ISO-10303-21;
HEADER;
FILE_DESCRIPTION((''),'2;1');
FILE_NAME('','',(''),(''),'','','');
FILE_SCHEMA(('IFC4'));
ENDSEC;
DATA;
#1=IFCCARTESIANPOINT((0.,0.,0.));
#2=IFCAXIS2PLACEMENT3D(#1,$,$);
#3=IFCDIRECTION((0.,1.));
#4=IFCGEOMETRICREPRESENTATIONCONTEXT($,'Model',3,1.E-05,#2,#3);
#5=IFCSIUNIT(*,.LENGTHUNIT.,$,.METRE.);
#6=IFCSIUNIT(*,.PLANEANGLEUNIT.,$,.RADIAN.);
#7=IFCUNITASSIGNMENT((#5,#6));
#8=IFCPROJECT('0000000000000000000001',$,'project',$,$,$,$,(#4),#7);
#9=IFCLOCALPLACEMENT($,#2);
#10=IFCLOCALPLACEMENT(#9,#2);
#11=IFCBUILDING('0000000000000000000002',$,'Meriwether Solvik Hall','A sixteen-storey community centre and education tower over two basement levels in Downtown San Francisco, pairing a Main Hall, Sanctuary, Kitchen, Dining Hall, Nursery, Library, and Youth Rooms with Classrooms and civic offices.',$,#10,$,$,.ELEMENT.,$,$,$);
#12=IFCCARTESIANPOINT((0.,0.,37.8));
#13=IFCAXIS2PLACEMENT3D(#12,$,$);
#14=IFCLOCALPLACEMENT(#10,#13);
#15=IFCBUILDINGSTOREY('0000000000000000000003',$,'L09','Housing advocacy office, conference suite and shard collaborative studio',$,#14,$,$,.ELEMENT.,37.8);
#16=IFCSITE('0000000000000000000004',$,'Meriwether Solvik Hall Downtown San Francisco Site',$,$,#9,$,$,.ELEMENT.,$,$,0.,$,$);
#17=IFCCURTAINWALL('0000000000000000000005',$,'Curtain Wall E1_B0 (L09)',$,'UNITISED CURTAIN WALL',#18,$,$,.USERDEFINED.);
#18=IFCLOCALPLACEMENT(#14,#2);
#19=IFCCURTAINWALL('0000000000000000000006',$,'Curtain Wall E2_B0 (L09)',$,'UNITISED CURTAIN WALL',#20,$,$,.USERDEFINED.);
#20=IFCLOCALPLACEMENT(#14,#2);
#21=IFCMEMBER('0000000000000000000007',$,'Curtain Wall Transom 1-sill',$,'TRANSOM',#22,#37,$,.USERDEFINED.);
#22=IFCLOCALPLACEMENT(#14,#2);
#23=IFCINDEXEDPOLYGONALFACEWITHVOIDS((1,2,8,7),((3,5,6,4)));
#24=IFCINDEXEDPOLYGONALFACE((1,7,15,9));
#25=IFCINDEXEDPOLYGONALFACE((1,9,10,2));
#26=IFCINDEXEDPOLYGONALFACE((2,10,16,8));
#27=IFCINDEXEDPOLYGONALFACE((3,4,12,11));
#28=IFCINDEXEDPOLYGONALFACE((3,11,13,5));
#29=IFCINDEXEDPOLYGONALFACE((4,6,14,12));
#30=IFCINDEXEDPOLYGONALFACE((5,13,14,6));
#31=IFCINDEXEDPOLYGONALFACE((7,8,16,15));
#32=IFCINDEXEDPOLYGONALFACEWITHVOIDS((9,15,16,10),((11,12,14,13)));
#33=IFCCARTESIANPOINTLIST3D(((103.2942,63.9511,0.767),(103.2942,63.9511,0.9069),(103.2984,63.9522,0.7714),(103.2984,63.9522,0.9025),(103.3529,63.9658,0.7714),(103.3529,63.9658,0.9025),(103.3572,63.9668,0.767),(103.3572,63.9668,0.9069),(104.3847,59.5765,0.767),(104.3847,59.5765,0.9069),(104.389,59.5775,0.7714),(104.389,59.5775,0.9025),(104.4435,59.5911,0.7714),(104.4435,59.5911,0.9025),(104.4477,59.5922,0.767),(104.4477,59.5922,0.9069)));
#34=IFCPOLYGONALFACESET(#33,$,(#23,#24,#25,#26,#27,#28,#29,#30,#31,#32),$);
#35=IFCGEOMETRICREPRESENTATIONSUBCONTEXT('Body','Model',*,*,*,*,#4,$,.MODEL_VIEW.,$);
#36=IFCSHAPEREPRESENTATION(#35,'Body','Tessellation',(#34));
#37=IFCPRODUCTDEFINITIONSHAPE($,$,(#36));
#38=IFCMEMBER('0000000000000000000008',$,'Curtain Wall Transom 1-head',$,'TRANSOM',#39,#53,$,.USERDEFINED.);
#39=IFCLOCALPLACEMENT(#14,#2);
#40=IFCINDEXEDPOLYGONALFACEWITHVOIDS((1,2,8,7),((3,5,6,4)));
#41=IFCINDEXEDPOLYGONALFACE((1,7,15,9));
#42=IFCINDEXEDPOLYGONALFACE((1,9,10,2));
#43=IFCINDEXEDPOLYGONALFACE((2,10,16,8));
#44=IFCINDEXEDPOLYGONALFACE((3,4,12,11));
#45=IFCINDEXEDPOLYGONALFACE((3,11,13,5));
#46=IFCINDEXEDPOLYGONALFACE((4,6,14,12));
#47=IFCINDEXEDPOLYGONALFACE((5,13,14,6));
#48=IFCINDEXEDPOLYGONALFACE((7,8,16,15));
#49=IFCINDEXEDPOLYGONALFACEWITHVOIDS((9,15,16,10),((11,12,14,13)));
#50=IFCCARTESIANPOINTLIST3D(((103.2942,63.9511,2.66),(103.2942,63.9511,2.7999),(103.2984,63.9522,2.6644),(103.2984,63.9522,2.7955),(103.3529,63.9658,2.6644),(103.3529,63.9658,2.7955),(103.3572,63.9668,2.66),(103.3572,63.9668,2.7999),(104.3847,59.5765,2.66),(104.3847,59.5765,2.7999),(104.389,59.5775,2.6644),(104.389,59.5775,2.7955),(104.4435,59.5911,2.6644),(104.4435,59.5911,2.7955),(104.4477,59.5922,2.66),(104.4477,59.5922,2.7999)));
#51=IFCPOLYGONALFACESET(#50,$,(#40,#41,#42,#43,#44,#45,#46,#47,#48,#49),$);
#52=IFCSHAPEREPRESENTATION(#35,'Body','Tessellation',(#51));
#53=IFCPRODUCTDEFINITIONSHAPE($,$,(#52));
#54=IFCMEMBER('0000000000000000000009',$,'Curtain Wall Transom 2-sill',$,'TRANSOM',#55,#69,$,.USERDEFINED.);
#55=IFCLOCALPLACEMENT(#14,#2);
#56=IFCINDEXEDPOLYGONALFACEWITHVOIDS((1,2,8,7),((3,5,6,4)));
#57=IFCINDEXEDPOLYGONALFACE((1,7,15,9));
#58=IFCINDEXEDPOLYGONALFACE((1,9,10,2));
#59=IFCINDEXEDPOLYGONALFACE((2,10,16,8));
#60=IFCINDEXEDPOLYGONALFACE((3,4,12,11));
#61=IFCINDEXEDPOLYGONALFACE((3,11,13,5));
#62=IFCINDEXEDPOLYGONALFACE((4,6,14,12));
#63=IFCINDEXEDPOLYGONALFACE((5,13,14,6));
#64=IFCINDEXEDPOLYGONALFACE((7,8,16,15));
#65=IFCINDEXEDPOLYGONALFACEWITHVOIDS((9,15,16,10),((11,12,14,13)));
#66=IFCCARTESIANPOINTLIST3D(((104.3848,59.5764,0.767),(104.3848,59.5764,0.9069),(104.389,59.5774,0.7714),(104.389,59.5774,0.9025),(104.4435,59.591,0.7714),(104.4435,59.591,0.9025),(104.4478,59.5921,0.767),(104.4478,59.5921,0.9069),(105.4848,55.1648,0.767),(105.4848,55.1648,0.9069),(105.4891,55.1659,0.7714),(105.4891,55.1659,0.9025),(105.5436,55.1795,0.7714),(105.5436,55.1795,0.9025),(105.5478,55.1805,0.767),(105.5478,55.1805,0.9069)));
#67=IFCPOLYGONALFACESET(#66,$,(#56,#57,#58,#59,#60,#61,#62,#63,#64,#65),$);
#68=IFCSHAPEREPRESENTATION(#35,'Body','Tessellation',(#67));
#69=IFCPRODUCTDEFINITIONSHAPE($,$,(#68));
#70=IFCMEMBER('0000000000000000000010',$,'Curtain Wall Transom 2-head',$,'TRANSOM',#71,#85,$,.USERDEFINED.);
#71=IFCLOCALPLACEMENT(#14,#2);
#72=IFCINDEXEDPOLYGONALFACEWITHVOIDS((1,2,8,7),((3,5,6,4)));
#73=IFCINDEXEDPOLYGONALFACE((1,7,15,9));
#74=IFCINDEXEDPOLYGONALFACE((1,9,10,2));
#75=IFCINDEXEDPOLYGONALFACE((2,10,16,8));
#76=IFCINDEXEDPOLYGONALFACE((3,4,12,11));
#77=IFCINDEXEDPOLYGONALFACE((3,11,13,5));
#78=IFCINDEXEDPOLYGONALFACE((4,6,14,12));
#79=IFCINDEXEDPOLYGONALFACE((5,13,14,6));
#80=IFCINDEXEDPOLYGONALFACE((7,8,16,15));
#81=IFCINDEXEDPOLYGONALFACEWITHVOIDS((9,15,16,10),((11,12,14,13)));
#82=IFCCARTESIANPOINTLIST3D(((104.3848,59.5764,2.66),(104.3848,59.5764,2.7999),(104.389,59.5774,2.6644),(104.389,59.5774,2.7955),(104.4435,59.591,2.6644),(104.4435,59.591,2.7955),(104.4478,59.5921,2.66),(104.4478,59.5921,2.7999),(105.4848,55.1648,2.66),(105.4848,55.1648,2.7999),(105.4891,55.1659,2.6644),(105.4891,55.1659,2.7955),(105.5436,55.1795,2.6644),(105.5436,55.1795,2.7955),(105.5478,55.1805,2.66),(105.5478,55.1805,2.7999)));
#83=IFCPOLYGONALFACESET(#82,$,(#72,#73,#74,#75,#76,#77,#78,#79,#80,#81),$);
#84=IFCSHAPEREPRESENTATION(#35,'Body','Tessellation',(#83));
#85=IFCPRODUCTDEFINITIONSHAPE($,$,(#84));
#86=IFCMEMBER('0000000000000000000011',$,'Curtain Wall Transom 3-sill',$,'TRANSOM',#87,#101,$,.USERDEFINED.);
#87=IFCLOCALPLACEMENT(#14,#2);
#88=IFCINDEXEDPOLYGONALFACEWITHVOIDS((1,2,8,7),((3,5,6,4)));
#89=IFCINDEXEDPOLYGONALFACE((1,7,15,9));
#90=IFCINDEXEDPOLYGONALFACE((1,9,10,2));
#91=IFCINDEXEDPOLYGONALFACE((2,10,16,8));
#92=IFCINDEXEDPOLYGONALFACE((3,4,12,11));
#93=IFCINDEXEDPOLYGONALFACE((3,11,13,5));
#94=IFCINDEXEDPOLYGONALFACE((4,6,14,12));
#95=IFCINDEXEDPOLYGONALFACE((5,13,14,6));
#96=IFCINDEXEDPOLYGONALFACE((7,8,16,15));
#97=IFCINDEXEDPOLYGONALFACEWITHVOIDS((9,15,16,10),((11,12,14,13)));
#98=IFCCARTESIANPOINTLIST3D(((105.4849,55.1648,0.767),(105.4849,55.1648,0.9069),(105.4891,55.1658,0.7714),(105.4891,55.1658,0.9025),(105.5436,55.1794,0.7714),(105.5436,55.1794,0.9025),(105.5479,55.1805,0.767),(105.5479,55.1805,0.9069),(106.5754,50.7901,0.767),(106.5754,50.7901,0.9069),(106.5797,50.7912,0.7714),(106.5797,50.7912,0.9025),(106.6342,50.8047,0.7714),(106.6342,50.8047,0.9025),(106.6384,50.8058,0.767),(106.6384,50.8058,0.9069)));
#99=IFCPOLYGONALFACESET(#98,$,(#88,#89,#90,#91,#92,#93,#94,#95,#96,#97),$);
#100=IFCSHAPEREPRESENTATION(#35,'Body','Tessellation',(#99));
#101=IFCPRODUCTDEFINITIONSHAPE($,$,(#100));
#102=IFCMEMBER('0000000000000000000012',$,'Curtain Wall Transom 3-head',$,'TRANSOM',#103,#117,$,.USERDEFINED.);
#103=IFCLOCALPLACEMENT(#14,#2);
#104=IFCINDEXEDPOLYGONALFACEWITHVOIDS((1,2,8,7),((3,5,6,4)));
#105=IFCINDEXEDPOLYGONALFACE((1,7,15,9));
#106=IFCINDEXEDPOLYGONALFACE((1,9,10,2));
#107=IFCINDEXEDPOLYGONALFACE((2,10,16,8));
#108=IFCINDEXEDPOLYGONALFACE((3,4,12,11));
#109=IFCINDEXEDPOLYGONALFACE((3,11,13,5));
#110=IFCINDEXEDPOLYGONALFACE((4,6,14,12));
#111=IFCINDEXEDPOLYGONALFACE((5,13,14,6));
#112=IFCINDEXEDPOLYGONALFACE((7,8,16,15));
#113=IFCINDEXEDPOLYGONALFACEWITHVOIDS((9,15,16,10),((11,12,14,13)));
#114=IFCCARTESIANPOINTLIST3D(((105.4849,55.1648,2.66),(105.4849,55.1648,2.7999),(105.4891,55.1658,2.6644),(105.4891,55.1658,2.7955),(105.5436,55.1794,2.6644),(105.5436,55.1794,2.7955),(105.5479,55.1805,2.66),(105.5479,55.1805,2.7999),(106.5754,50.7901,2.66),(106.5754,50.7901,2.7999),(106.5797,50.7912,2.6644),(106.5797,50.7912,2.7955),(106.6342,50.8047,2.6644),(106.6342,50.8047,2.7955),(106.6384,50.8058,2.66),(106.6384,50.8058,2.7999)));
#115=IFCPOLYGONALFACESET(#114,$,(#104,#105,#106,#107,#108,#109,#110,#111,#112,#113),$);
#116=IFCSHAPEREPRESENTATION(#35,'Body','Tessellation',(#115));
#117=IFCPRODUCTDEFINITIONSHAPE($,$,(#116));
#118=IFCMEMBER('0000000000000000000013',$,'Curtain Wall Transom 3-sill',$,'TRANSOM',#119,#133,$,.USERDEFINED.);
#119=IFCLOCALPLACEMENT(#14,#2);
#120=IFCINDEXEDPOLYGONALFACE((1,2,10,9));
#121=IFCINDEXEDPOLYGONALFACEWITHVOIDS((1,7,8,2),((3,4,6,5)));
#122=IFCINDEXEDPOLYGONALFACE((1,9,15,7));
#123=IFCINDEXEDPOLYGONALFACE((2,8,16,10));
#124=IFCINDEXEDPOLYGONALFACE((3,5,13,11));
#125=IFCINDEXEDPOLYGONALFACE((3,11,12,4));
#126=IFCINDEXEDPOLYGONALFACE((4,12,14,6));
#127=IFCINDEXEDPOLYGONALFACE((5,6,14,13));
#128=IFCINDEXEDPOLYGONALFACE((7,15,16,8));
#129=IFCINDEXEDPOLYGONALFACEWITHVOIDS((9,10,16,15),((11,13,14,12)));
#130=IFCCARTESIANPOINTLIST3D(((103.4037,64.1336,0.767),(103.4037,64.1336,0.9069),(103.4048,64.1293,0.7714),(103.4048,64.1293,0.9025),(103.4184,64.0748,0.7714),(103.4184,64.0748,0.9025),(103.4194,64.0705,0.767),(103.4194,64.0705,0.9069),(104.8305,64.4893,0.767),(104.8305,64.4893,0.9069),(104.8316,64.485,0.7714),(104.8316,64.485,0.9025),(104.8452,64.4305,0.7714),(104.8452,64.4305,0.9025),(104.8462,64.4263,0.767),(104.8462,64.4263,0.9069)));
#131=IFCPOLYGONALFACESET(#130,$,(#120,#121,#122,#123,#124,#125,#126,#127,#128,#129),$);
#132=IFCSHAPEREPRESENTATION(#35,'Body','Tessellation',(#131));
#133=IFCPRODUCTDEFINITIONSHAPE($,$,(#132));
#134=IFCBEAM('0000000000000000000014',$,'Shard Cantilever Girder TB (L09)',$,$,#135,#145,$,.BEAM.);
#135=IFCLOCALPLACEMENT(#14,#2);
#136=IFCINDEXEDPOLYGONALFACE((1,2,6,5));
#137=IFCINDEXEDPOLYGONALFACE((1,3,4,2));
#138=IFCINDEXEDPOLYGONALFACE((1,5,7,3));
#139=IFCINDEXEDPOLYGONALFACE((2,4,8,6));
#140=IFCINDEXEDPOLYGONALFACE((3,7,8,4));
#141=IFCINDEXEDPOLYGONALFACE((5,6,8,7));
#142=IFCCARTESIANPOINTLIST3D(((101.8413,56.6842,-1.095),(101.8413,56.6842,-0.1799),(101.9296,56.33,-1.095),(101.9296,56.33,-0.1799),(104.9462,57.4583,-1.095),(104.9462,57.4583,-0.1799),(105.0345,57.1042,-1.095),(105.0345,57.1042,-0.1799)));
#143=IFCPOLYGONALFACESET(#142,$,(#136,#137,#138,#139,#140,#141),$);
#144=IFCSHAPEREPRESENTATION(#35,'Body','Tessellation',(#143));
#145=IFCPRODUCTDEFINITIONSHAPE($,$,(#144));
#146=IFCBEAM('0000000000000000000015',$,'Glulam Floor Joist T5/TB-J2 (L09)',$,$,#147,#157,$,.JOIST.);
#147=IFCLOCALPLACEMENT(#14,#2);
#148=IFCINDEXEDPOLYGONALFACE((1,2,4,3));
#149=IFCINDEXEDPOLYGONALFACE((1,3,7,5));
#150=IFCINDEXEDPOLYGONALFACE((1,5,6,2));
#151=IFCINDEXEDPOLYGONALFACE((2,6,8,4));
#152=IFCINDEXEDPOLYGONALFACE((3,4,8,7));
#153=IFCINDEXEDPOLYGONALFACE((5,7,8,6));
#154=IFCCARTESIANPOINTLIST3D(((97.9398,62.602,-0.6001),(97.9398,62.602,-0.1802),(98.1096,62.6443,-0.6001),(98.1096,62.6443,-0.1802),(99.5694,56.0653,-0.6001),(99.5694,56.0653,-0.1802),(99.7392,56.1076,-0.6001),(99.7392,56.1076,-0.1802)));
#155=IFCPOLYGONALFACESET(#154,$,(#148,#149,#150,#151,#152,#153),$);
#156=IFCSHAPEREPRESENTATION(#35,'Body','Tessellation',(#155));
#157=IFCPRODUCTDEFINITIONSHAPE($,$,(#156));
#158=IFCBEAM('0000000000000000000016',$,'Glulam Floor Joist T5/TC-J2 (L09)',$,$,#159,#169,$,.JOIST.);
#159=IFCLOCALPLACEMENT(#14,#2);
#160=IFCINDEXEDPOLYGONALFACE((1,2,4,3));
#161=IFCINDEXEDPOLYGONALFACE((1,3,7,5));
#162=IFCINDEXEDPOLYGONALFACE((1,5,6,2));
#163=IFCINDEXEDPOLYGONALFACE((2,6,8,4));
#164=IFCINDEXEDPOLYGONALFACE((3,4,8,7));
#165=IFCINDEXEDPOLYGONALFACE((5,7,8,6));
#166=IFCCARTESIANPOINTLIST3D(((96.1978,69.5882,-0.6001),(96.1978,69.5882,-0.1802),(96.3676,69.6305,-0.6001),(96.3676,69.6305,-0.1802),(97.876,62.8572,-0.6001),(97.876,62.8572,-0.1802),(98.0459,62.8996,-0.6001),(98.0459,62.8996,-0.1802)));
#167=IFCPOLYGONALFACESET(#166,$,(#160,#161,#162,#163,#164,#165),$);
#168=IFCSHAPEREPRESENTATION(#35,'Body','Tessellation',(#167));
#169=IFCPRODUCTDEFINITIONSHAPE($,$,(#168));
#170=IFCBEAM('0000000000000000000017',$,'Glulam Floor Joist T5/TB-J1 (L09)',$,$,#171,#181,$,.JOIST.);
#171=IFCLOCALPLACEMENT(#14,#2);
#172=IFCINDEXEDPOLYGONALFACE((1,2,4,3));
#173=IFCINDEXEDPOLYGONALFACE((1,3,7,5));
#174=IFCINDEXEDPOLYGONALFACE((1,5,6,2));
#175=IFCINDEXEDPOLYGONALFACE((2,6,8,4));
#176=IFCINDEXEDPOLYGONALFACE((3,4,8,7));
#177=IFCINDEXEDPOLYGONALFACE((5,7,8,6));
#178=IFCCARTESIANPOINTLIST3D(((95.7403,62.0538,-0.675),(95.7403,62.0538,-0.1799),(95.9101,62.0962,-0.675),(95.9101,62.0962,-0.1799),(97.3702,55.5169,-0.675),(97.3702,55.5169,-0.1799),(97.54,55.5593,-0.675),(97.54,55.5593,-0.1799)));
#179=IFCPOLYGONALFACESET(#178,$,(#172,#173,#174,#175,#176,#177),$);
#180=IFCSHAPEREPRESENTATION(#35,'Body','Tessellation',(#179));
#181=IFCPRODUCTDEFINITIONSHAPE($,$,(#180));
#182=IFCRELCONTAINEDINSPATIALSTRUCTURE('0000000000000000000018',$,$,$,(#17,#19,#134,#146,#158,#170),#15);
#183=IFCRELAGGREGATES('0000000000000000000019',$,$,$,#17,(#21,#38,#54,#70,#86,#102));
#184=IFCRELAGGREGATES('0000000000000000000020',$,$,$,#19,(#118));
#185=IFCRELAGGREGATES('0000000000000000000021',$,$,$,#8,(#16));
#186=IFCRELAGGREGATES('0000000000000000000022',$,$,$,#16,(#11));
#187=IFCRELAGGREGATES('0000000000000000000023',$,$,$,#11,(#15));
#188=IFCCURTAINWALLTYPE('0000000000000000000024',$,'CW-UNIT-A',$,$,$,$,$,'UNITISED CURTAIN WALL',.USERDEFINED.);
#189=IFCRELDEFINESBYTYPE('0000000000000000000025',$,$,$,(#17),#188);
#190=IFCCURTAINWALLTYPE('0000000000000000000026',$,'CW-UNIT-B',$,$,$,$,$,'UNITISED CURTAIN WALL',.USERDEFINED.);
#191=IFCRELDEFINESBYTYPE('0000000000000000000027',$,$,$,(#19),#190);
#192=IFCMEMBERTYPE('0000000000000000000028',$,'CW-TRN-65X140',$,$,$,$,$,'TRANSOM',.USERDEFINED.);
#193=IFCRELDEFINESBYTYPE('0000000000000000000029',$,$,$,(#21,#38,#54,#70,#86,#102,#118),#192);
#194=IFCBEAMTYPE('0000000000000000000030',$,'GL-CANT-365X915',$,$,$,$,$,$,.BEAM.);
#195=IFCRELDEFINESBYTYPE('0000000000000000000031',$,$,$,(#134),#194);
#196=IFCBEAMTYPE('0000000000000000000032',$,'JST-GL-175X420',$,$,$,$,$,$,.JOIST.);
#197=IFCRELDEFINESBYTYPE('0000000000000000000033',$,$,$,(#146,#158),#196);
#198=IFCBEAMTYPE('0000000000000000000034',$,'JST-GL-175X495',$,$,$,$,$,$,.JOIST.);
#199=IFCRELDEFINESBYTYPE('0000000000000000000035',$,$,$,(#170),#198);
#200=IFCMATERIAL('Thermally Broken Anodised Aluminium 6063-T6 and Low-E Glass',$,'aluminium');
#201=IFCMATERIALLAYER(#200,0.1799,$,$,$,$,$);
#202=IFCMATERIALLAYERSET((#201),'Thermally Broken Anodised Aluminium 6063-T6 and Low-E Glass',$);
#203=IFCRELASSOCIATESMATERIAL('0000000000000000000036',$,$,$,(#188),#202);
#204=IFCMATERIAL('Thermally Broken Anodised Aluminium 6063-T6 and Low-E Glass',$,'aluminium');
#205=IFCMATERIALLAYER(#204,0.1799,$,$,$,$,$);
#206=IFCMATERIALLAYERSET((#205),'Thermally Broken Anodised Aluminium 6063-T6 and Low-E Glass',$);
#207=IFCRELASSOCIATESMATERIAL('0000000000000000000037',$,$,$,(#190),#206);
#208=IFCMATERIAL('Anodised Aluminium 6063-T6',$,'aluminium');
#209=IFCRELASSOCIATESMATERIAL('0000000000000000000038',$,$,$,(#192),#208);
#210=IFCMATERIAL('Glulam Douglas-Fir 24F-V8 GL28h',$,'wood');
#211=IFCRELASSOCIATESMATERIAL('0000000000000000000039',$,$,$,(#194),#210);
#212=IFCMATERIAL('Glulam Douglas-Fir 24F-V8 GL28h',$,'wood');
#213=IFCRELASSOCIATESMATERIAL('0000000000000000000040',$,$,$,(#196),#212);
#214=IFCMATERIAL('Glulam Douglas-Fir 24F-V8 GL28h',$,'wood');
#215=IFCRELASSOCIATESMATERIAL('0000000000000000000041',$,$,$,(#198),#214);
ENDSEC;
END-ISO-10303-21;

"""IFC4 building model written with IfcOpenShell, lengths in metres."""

from ifc_helpers import new_model, si_unit, direction, frame, origin, origin_2d, place, context, subcontext, project, spatial, rectangle, hollow_rectangle, extrude, material, layer, layer_set, material_profile, profile_set, type_object, element, aggregate, save


model = new_model("IFC4")

# Units and contexts
model_context = context("Model", 3, precision=1e-05, world=origin(), true_north=direction((0.0, 1.0)))
body_context = subcontext(model_context, "Body", "Model", "MODEL_VIEW")
ifc_project = project(units=[si_unit("LENGTHUNIT", "METRE"), si_unit("PLANEANGLEUNIT", "RADIAN")], contexts=[model_context])

# Site, building, storey
site_placement = place(None, origin())
site = spatial("IfcSite", under=ifc_project, at=site_placement, Name="Meriwether Solvik Hall Downtown San Francisco Site", CompositionType="ELEMENT", RefElevation=0.0)
building_placement = place(site_placement, origin())
building = spatial("IfcBuilding", under=site, at=building_placement, Name="Meriwether Solvik Hall", Description="A sixteen-storey community centre and education tower over two basement levels in Downtown San Francisco, pairing a Main Hall, Sanctuary, Kitchen, Dining Hall, Nursery, Library, and Youth Rooms with Classrooms and civic offices.", CompositionType="ELEMENT")
storey_placement = place(building_placement, frame((0.0, 0.0, 37.8)))
storey = spatial("IfcBuildingStorey", under=building, at=storey_placement, Name="L09", Description="Housing advocacy office, conference suite and shard collaborative studio", CompositionType="ELEMENT", Elevation=37.8)

# Curtain walls
ifc_material_1 = material(Name="Thermally Broken Anodised Aluminium 6063-T6 and Low-E Glass", Category="aluminium")
ifc_layer_1 = layer(ifc_material_1, 0.1799)
ifc_layer_set_1 = layer_set([ifc_layer_1], Name="Thermally Broken Anodised Aluminium 6063-T6 and Low-E Glass")
curtain_wall_type_1 = type_object("IfcCurtainWallType", Name="CW-UNIT-A", ElementType="UNITISED CURTAIN WALL", PredefinedType="USERDEFINED", material=ifc_layer_set_1)
curtain_wall_1_placement = place(storey_placement, origin())
curtain_wall_1 = element("IfcCurtainWall", 1, at=curtain_wall_1_placement, inside=storey, type_object=curtain_wall_type_1, Name="Curtain Wall E1_B0 (L09)", ObjectType="UNITISED CURTAIN WALL", PredefinedType="USERDEFINED")
ifc_material_2 = material(Name="Thermally Broken Anodised Aluminium 6063-T6 and Low-E Glass", Category="aluminium")
ifc_layer_2 = layer(ifc_material_2, 0.1799)
ifc_layer_set_2 = layer_set([ifc_layer_2], Name="Thermally Broken Anodised Aluminium 6063-T6 and Low-E Glass")
curtain_wall_type_2 = type_object("IfcCurtainWallType", Name="CW-UNIT-B", ElementType="UNITISED CURTAIN WALL", PredefinedType="USERDEFINED", material=ifc_layer_set_2)
curtain_wall_2_placement = place(storey_placement, origin())
curtain_wall_2 = element("IfcCurtainWall", 2, at=curtain_wall_2_placement, inside=storey, type_object=curtain_wall_type_2, Name="Curtain Wall E2_B0 (L09)", ObjectType="UNITISED CURTAIN WALL", PredefinedType="USERDEFINED")

# Members
ifc_material_3 = material(Name="Anodised Aluminium 6063-T6", Category="aluminium")
ifc_material_profile_1 = material_profile(ifc_material_3, hollow_rectangle(XDim=0.0649, YDim=0.1399, WallThickness=0.0044, at=origin_2d()), Name="CWT-65X140")
ifc_profile_set_1 = profile_set([ifc_material_profile_1], Name="Anodised Aluminium 6063-T6")
member_type_1 = type_object("IfcMemberType", Name="CW-TRN-65X140", ElementType="TRANSOM", PredefinedType="USERDEFINED", material=ifc_profile_set_1)
member_1_placement = place(storey_placement, frame((103.3257, 63.959, 0.8369), z_axis=(0.241886, -0.970305, 0.0), x_axis=(0.970305, 0.241886, 0.0)))
member_1 = element("IfcMember", 3, at=member_1_placement, type_object=member_type_1, Name="Curtain Wall Transom 1-sill", ObjectType="TRANSOM", PredefinedType="USERDEFINED", context=body_context, shape_type="SweptSolid", body=[
    extrude(hollow_rectangle(XDim=0.0649, YDim=0.1399, WallThickness=0.0044, at=origin_2d()), origin(), (0.0, 0.0, 1.0), 4.5085),
])
member_2_placement = place(storey_placement, frame((103.3257, 63.959, 2.73), z_axis=(0.241886, -0.970305, 0.0), x_axis=(0.970305, 0.241886, 0.0)))
member_2 = element("IfcMember", 4, at=member_2_placement, type_object=member_type_1, Name="Curtain Wall Transom 1-head", ObjectType="TRANSOM", PredefinedType="USERDEFINED", context=body_context, shape_type="SweptSolid", body=[
    extrude(hollow_rectangle(XDim=0.0649, YDim=0.1399, WallThickness=0.0044, at=origin_2d()), origin(), (0.0, 0.0, 1.0), 4.5085),
])
member_3_placement = place(storey_placement, frame((104.4163, 59.5842, 0.8369), z_axis=(0.241954, -0.970288, 0.0), x_axis=(0.970288, 0.241954, 0.0)))
member_3 = element("IfcMember", 5, at=member_3_placement, type_object=member_type_1, Name="Curtain Wall Transom 2-sill", ObjectType="TRANSOM", PredefinedType="USERDEFINED", context=body_context, shape_type="SweptSolid", body=[
    extrude(hollow_rectangle(XDim=0.0649, YDim=0.1399, WallThickness=0.0044, at=origin_2d()), origin(), (0.0, 0.0, 1.0), 4.5466),
])
member_4_placement = place(storey_placement, frame((104.4163, 59.5842, 2.73), z_axis=(0.241954, -0.970288, 0.0), x_axis=(0.970288, 0.241954, 0.0)))
member_4 = element("IfcMember", 6, at=member_4_placement, type_object=member_type_1, Name="Curtain Wall Transom 2-head", ObjectType="TRANSOM", PredefinedType="USERDEFINED", context=body_context, shape_type="SweptSolid", body=[
    extrude(hollow_rectangle(XDim=0.0649, YDim=0.1399, WallThickness=0.0044, at=origin_2d()), origin(), (0.0, 0.0, 1.0), 4.5466),
])
member_5_placement = place(storey_placement, frame((105.5164, 55.1726, 0.8369), z_axis=(0.241886, -0.970305, 0.0), x_axis=(0.970305, 0.241886, 0.0)))
member_5 = element("IfcMember", 7, at=member_5_placement, type_object=member_type_1, Name="Curtain Wall Transom 3-sill", ObjectType="TRANSOM", PredefinedType="USERDEFINED", context=body_context, shape_type="SweptSolid", body=[
    extrude(hollow_rectangle(XDim=0.0649, YDim=0.1399, WallThickness=0.0044, at=origin_2d()), origin(), (0.0, 0.0, 1.0), 4.5085),
])
member_6_placement = place(storey_placement, frame((105.5164, 55.1726, 2.73), z_axis=(0.241886, -0.970305, 0.0), x_axis=(0.970305, 0.241886, 0.0)))
member_6 = element("IfcMember", 8, at=member_6_placement, type_object=member_type_1, Name="Curtain Wall Transom 3-head", ObjectType="TRANSOM", PredefinedType="USERDEFINED", context=body_context, shape_type="SweptSolid", body=[
    extrude(hollow_rectangle(XDim=0.0649, YDim=0.1399, WallThickness=0.0044, at=origin_2d()), origin(), (0.0, 0.0, 1.0), 4.5085),
])
member_7_placement = place(storey_placement, frame((104.8384, 64.4578, 0.8369), z_axis=(-0.970299, -0.241911, 0.0), x_axis=(0.241911, -0.970299, 0.0)))
member_7 = element("IfcMember", 9, at=member_7_placement, type_object=member_type_1, Name="Curtain Wall Transom 3-sill", ObjectType="TRANSOM", PredefinedType="USERDEFINED", context=body_context, shape_type="SweptSolid", body=[
    extrude(hollow_rectangle(XDim=0.0649, YDim=0.1399, WallThickness=0.0044, at=origin_2d()), origin(), (0.0, 0.0, 1.0), 1.4705),
])

# Beams
ifc_material_4 = material(Name="Glulam Douglas-Fir 24F-V8 GL28h", Category="wood")
ifc_material_profile_2 = material_profile(ifc_material_4, rectangle(XDim=0.365, YDim=0.915, at=origin_2d()), Name="GLB-365X915")
ifc_profile_set_2 = profile_set([ifc_material_profile_2], Name="Glulam Douglas-Fir 24F-V8 GL28h")
beam_type_1 = type_object("IfcBeamType", Name="GL-CANT-365X915", PredefinedType="BEAM", material=ifc_profile_set_2)
beam_1_placement = place(storey_placement, frame((101.8855, 56.5071, -0.6375), z_axis=(0.970295, 0.241925, 0.0), x_axis=(-0.241925, 0.970295, 0.0)))
element("IfcBeam", 10, at=beam_1_placement, inside=storey, type_object=beam_type_1, Name="Shard Cantilever Girder TB (L09)", PredefinedType="BEAM", context=body_context, shape_type="SweptSolid", body=[
    extrude(rectangle(XDim=0.365, YDim=0.915, at=origin_2d()), origin(), (0.0, 0.0, 1.0), 3.2),
])
ifc_material_5 = material(Name="Glulam Douglas-Fir 24F-V8 GL28h", Category="wood")
ifc_material_profile_3 = material_profile(ifc_material_5, rectangle(XDim=0.175, YDim=0.4199, at=origin_2d()), Name="GLJ-175X420")
ifc_profile_set_3 = profile_set([ifc_material_profile_3], Name="Glulam Douglas-Fir 24F-V8 GL28h")
beam_type_2 = type_object("IfcBeamType", Name="JST-GL-175X420", PredefinedType="JOIST", material=ifc_profile_set_3)
beam_2_placement = place(storey_placement, frame((99.6543, 56.0864, -0.3901), z_axis=(-0.241896, 0.970302, 0.0), x_axis=(-0.970302, -0.241896, 0.0)))
element("IfcBeam", 11, at=beam_2_placement, inside=storey, type_object=beam_type_2, Name="Glulam Floor Joist T5/TB-J2 (L09)", PredefinedType="JOIST", context=body_context, shape_type="SweptSolid", body=[
    extrude(rectangle(XDim=0.175, YDim=0.4199, at=origin_2d()), origin(), (0.0, 0.0, 1.0), 6.7368),
])
beam_3_placement = place(storey_placement, frame((97.9609, 62.8784, -0.3901), z_axis=(-0.241923, 0.970296, 0.0), x_axis=(-0.970296, -0.241923, 0.0)))
element("IfcBeam", 12, at=beam_3_placement, inside=storey, type_object=beam_type_2, Name="Glulam Floor Joist T5/TC-J2 (L09)", PredefinedType="JOIST", context=body_context, shape_type="SweptSolid", body=[
    extrude(rectangle(XDim=0.175, YDim=0.4199, at=origin_2d()), origin(), (0.0, 0.0, 1.0), 6.937),
])
ifc_material_6 = material(Name="Glulam Douglas-Fir 24F-V8 GL28h", Category="wood")
ifc_material_profile_4 = material_profile(ifc_material_6, rectangle(XDim=0.175, YDim=0.4951, at=origin_2d()), Name="GLJ-175X495")
ifc_profile_set_4 = profile_set([ifc_material_profile_4], Name="Glulam Douglas-Fir 24F-V8 GL28h")
beam_type_3 = type_object("IfcBeamType", Name="JST-GL-175X495", PredefinedType="JOIST", material=ifc_profile_set_4)
beam_4_placement = place(storey_placement, frame((97.4551, 55.5381, -0.4275), z_axis=(-0.24193, 0.970294, 0.0), x_axis=(-0.970294, -0.24193, 0.0)))
element("IfcBeam", 13, at=beam_4_placement, inside=storey, type_object=beam_type_3, Name="Glulam Floor Joist T5/TB-J1 (L09)", PredefinedType="JOIST", context=body_context, shape_type="SweptSolid", body=[
    extrude(rectangle(XDim=0.175, YDim=0.4951, at=origin_2d()), origin(), (0.0, 0.0, 1.0), 6.7371),
])

aggregate(curtain_wall_1, [member_1, member_2, member_3, member_4, member_5, member_6])
aggregate(curtain_wall_2, [member_7])

save(model, "model.ifc")
